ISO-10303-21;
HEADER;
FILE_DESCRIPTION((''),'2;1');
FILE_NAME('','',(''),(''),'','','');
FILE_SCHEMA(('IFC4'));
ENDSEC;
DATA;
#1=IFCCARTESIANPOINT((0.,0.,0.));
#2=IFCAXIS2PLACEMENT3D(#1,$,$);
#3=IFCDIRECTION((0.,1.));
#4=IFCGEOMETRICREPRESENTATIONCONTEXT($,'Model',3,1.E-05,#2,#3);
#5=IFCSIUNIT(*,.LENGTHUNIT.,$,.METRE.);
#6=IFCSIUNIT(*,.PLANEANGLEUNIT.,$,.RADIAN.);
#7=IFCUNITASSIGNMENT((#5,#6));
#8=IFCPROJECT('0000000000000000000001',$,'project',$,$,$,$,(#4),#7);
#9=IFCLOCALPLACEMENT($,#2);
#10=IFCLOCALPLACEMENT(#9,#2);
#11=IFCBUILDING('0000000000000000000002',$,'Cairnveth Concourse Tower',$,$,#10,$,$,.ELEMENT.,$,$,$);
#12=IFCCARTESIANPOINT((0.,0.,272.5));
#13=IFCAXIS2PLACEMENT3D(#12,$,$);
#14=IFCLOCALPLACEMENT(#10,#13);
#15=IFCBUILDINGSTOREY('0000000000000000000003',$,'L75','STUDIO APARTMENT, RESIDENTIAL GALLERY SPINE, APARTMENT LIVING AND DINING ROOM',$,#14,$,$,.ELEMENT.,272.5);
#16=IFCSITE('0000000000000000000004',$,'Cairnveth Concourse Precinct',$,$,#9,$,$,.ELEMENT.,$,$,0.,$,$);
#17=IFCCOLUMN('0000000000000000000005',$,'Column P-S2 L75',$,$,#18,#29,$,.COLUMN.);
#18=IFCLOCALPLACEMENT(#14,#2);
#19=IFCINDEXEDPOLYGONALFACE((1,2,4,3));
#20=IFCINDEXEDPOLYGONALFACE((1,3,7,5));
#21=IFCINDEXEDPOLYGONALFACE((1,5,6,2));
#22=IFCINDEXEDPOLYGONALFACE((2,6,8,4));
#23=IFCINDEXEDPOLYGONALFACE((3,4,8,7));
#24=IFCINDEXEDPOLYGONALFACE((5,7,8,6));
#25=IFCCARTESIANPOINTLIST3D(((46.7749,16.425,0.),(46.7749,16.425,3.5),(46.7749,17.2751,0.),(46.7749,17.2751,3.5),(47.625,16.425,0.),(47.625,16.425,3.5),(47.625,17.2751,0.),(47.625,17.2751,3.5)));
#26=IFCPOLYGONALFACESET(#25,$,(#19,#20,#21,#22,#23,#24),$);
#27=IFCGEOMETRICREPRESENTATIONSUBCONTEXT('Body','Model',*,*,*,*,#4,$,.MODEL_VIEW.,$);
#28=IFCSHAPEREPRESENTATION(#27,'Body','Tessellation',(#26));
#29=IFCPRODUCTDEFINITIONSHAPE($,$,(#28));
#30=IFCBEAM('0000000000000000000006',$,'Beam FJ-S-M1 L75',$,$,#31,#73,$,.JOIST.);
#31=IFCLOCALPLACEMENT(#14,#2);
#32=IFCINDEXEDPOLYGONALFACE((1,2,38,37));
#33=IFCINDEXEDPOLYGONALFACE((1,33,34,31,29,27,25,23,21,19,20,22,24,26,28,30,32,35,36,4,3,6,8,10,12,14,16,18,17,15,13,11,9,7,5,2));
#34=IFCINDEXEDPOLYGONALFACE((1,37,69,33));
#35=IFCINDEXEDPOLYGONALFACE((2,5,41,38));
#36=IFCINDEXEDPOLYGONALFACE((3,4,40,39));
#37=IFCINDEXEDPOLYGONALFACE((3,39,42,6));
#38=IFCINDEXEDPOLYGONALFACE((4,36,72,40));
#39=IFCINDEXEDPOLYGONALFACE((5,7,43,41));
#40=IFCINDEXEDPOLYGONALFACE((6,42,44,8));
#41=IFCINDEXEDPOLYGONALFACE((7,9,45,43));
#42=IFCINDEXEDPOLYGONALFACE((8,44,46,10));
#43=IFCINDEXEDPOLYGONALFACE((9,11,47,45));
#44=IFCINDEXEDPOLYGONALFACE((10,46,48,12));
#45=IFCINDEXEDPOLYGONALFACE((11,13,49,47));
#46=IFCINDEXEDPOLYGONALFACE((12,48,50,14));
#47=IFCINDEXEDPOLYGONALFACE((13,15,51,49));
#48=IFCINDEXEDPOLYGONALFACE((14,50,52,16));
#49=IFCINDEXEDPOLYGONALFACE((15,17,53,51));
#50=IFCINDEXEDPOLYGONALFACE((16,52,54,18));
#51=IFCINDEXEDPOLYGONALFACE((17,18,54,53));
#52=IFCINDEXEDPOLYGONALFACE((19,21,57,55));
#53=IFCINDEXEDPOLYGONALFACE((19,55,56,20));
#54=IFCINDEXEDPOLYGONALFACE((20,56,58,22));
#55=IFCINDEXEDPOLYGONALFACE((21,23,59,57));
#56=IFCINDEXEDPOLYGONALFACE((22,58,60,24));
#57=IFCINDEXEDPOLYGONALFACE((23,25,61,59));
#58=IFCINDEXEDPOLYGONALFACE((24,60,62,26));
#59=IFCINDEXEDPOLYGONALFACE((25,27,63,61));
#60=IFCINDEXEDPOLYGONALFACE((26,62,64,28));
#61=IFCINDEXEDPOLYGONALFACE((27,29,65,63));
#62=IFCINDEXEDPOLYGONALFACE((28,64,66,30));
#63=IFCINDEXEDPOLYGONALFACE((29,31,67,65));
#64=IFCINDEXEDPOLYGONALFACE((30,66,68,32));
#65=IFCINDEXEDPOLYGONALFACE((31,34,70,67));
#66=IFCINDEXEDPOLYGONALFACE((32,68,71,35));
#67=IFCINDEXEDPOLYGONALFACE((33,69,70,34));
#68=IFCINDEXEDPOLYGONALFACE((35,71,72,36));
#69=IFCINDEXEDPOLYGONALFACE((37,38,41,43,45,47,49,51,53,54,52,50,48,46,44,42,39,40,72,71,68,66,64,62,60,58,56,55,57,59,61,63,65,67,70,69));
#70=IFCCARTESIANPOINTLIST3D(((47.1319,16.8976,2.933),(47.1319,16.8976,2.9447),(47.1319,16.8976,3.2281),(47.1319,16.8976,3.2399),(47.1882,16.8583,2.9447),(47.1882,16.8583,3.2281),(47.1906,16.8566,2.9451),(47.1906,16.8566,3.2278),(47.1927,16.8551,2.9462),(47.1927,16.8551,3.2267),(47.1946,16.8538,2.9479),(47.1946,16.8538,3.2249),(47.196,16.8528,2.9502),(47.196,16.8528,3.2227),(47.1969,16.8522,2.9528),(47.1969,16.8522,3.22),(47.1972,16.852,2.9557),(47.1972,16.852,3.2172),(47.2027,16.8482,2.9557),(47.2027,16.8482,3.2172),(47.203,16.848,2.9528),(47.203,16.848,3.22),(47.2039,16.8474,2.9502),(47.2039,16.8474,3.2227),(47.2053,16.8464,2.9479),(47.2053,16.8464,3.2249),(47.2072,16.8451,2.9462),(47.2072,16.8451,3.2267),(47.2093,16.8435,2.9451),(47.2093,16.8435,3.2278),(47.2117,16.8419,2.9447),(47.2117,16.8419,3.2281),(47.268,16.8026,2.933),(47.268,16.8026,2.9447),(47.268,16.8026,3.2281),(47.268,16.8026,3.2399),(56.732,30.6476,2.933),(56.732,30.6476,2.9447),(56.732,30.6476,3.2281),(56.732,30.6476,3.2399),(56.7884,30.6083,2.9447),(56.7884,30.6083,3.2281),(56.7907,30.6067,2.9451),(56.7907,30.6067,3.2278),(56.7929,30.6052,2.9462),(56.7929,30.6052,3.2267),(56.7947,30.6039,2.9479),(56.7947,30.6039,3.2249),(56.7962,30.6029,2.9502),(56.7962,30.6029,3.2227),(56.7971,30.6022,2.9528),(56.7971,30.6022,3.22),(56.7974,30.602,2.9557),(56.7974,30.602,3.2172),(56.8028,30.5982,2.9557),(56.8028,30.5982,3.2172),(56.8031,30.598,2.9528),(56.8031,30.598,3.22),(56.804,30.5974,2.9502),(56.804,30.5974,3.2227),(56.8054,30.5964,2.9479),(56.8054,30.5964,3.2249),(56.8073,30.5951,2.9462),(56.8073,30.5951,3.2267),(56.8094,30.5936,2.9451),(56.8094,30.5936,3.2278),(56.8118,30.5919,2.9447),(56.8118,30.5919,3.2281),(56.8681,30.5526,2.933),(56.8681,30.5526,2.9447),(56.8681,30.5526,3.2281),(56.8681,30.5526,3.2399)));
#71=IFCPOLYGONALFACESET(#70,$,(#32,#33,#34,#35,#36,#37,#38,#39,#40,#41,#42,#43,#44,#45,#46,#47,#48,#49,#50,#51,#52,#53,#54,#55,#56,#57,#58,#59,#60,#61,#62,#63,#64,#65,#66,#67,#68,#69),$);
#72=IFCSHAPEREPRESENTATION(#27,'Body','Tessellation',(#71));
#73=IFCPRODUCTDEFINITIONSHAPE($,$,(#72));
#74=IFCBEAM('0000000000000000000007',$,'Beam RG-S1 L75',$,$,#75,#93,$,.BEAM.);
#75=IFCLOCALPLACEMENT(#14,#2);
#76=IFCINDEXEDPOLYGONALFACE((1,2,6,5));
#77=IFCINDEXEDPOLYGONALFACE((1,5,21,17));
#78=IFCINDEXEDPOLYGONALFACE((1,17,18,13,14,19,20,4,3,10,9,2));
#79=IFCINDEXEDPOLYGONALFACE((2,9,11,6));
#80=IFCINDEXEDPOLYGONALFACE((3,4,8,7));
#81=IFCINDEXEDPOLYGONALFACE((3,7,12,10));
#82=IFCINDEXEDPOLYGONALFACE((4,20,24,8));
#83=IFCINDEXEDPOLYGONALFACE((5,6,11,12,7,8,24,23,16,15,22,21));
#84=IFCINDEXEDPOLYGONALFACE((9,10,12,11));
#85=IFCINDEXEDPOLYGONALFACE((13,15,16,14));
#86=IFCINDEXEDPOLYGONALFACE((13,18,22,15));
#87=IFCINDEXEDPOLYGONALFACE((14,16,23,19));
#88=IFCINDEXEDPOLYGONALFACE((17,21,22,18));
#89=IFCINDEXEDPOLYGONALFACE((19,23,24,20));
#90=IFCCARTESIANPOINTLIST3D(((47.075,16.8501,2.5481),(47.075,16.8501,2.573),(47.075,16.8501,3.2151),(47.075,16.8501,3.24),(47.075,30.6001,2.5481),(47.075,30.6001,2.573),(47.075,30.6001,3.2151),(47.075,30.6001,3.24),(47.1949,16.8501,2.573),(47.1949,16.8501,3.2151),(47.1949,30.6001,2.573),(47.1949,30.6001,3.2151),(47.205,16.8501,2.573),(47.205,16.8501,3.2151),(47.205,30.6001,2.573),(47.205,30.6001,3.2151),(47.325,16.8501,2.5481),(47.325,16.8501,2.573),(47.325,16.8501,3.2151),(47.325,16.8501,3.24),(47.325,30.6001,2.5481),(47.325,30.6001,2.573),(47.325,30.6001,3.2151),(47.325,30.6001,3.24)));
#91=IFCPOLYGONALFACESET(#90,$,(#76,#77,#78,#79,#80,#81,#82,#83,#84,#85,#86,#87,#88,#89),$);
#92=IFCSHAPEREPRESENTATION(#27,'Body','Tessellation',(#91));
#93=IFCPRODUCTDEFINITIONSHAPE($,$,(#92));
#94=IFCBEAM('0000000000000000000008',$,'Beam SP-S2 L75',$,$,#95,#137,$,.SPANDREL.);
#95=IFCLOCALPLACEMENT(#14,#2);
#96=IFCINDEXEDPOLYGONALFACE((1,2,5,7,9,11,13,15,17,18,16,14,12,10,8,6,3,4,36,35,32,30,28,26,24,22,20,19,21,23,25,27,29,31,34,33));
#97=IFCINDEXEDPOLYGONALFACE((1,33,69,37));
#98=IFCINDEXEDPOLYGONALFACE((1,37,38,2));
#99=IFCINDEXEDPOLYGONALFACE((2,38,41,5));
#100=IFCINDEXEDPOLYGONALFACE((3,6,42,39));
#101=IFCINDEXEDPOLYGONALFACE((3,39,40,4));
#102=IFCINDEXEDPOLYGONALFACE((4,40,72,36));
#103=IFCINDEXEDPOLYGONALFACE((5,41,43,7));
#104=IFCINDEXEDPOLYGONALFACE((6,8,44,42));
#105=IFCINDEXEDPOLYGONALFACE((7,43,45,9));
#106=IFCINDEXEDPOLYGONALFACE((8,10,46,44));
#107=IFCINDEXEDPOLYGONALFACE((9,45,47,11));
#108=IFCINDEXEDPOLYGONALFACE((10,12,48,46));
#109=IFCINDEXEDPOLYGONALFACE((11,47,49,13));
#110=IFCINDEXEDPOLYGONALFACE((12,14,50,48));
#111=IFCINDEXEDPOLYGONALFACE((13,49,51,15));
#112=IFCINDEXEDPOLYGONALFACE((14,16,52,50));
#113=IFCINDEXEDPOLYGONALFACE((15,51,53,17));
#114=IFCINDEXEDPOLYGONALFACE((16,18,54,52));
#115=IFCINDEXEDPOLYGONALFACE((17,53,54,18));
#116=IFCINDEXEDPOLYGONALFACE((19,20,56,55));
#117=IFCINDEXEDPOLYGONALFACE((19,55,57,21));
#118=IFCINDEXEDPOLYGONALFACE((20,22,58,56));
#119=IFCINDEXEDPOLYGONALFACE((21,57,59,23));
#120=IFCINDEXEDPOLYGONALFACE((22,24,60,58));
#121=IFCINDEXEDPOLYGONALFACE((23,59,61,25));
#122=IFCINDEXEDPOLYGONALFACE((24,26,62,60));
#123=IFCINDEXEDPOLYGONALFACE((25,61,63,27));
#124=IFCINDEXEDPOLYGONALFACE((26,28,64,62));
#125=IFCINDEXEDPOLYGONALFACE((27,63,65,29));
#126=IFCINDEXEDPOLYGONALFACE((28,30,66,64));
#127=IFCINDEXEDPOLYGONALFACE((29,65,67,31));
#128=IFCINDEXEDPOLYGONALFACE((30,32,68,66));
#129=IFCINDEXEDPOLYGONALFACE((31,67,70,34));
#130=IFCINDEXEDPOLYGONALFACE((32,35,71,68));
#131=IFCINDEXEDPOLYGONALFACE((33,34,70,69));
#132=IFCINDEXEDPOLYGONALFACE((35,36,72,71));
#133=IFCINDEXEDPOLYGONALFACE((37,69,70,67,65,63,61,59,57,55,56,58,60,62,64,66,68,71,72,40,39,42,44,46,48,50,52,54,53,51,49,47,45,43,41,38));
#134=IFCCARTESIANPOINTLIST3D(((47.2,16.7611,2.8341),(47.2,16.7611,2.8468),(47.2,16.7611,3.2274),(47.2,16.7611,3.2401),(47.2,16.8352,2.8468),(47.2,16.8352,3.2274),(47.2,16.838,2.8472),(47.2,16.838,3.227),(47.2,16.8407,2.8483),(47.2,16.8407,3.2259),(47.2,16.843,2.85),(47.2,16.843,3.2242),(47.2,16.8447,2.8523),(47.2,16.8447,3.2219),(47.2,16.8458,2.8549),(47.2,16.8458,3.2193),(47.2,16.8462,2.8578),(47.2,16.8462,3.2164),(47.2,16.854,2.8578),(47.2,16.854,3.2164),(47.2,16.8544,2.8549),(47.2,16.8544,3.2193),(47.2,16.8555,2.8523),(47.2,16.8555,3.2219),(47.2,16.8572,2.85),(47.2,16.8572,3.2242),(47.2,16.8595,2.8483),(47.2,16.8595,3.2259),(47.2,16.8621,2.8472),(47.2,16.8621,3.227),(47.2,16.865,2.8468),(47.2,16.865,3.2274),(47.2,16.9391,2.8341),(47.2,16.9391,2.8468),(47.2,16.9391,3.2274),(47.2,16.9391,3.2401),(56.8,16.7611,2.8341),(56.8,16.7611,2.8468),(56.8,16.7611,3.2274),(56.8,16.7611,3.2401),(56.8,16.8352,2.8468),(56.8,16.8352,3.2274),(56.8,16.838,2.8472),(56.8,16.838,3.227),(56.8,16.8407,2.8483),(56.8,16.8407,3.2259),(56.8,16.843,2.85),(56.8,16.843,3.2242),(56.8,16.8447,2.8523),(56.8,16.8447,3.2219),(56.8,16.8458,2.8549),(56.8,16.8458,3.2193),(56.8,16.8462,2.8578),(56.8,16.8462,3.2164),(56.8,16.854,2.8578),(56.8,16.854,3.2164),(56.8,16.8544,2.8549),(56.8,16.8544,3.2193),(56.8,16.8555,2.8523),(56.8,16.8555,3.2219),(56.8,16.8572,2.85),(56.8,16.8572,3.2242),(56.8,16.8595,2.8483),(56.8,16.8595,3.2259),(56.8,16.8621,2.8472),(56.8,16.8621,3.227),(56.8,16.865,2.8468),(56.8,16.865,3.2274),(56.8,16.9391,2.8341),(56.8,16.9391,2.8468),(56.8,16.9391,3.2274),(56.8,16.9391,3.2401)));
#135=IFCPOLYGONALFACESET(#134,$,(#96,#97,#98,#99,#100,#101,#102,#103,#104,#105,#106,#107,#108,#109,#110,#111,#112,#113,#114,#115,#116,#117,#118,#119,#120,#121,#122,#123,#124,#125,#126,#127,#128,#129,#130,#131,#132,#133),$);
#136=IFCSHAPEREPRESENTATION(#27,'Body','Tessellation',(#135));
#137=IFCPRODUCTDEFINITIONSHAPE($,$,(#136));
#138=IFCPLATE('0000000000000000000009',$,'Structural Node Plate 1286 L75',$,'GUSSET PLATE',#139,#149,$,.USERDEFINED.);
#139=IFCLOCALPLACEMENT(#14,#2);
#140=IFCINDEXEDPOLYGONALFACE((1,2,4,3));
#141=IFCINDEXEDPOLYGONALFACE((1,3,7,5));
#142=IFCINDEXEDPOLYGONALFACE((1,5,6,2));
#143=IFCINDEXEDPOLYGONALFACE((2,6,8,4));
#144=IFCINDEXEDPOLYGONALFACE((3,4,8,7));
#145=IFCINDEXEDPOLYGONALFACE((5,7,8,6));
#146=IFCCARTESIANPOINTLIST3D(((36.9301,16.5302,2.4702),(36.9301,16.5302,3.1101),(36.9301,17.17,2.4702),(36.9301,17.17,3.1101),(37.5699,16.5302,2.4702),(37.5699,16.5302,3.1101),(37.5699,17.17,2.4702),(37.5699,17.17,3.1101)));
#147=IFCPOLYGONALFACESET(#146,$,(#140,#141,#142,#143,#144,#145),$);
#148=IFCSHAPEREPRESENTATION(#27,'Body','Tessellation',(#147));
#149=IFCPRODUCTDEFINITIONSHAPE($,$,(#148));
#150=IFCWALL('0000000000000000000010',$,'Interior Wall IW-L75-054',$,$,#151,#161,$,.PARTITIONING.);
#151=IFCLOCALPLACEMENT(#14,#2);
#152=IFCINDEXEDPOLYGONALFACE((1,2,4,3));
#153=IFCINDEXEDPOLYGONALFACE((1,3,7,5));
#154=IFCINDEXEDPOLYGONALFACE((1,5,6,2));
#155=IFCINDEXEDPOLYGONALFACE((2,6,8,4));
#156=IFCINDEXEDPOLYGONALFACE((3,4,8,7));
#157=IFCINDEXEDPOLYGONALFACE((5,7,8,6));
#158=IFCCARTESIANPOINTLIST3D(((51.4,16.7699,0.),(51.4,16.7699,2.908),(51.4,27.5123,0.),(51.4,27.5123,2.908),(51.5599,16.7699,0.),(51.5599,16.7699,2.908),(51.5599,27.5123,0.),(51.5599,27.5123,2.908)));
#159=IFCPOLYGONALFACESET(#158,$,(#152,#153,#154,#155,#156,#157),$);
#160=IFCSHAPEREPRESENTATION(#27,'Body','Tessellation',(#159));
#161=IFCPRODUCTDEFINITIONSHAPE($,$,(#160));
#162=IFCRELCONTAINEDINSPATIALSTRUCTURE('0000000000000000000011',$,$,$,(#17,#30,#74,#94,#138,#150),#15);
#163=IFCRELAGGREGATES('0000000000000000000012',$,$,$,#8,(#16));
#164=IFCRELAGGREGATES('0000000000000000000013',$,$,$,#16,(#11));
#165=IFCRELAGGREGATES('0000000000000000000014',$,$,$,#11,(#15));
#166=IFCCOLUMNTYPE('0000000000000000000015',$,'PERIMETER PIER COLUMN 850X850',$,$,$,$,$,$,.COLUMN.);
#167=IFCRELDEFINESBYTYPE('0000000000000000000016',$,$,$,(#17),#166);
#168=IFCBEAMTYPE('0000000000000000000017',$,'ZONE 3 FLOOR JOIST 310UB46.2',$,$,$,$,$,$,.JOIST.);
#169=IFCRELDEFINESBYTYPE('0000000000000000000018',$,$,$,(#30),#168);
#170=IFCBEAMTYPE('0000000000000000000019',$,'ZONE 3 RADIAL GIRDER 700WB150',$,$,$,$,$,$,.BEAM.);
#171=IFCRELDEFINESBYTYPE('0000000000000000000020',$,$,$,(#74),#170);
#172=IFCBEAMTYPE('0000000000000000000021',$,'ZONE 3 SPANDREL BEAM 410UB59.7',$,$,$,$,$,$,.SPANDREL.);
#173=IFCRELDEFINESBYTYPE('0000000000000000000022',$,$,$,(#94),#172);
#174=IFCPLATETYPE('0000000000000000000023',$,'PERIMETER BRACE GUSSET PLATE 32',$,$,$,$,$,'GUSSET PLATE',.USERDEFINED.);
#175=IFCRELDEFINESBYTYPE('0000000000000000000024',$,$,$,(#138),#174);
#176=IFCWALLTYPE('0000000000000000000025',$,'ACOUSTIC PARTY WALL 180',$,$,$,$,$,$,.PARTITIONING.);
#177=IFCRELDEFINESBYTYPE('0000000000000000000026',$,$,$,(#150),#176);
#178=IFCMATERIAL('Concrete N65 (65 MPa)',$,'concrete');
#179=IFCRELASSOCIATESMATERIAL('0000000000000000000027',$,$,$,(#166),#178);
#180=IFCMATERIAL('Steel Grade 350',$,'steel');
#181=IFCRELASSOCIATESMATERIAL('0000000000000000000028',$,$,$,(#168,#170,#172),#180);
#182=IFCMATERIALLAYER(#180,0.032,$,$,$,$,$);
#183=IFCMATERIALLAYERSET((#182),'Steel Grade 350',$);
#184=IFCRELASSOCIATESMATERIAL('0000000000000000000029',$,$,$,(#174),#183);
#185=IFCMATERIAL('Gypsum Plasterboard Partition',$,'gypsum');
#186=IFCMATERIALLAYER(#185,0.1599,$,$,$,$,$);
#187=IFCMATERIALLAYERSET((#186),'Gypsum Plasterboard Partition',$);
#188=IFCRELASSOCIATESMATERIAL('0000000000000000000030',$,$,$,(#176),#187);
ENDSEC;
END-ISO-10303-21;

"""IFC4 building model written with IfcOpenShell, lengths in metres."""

from ifc_helpers import new_model, si_unit, direction, frame, frame_2d, origin, origin_2d, place, context, subcontext, project, spatial, rectangle, i_section, extrude, material, layer, layer_set, material_profile, profile_set, type_object, element, save


model = new_model("IFC4")

# Units and contexts
model_context = context("Model", 3, precision=1e-05, world=origin(), true_north=direction((0.0, 1.0)))
body_context = subcontext(model_context, "Body", "Model", "MODEL_VIEW")
ifc_project = project(units=[si_unit("LENGTHUNIT", "METRE"), si_unit("PLANEANGLEUNIT", "RADIAN")], contexts=[model_context])

# Site, building, storey
site_placement = place(None, origin())
site = spatial("IfcSite", under=ifc_project, at=site_placement, Name="Cairnveth Concourse Precinct", CompositionType="ELEMENT", RefElevation=0.0)
building_placement = place(site_placement, origin())
building = spatial("IfcBuilding", under=site, at=building_placement, Name="Cairnveth Concourse Tower", CompositionType="ELEMENT")
storey_placement = place(building_placement, frame((0.0, 0.0, 272.5)))
storey = spatial("IfcBuildingStorey", under=building, at=storey_placement, Name="L75", Description="STUDIO APARTMENT, RESIDENTIAL GALLERY SPINE, APARTMENT LIVING AND DINING ROOM", CompositionType="ELEMENT", Elevation=272.5)

# Column
ifc_material_1 = material(Name="Concrete N65 (65 MPa)", Category="concrete")
ifc_material_profile_1 = material_profile(ifc_material_1, rectangle(XDim=0.8501, YDim=0.8501, at=origin_2d()), Name="RC-COL-850x850")
ifc_profile_set_1 = profile_set([ifc_material_profile_1], Name="Concrete N65 (65 MPa)")
column_type = type_object("IfcColumnType", Name="PERIMETER PIER COLUMN 850X850", PredefinedType="COLUMN", material=ifc_profile_set_1)
column_placement = place(storey_placement, frame((47.2, 16.8501, 0.0), z_axis=(0.0, 0.0, 1.0), x_axis=(1.0, 0.0, 0.0)))
element("IfcColumn", 1, at=column_placement, inside=storey, type_object=column_type, Name="Column P-S2 L75", PredefinedType="COLUMN", context=body_context, shape_type="SweptSolid", body=[
    extrude(rectangle(XDim=0.8501, YDim=0.8501, at=origin_2d()), origin(), (0.0, 0.0, 1.0), 3.5),
])

# Beams
ifc_material_2 = material(Name="Steel Grade 350", Category="steel")
ifc_material_profile_2 = material_profile(ifc_material_2, i_section(OverallWidth=0.166, OverallDepth=0.3069, WebThickness=0.0066, FlangeThickness=0.0117, FilletRadius=0.011, at=origin_2d()), Name="310UB46.2")
ifc_profile_set_2 = profile_set([ifc_material_profile_2], Name="Steel Grade 350")
beam_type_1 = type_object("IfcBeamType", Name="ZONE 3 FLOOR JOIST 310UB46.2", PredefinedType="JOIST", material=ifc_profile_set_2)
beam_1_placement = place(storey_placement, frame((47.2, 16.8501, 3.0864), z_axis=(0.572465, 0.819929, 0.0), x_axis=(-0.819929, 0.572465, 0.0)))
element("IfcBeam", 2, at=beam_1_placement, inside=storey, type_object=beam_type_1, Name="Beam FJ-S-M1 L75", PredefinedType="JOIST", context=body_context, shape_type="SweptSolid", body=[
    extrude(i_section(OverallWidth=0.166, OverallDepth=0.3069, WebThickness=0.0066, FlangeThickness=0.0117, FilletRadius=0.011, at=origin_2d()), origin(), (0.0, 0.0, 1.0), 16.7698),
])
ifc_material_profile_3 = material_profile(ifc_material_2, i_section(OverallWidth=0.25, OverallDepth=0.6919, WebThickness=0.01, FlangeThickness=0.0249, at=origin_2d()), Name="700WB150")
ifc_profile_set_3 = profile_set([ifc_material_profile_3], Name="Steel Grade 350")
beam_type_2 = type_object("IfcBeamType", Name="ZONE 3 RADIAL GIRDER 700WB150", PredefinedType="BEAM", material=ifc_profile_set_3)
beam_2_placement = place(storey_placement, frame((47.2, 16.8501, 2.894), z_axis=(0.0, 1.0, 0.0), x_axis=(-1.0, 0.0, 0.0)))
element("IfcBeam", 3, at=beam_2_placement, inside=storey, type_object=beam_type_2, Name="Beam RG-S1 L75", PredefinedType="BEAM", context=body_context, shape_type="SweptSolid", body=[
    extrude(i_section(OverallWidth=0.25, OverallDepth=0.6919, WebThickness=0.01, FlangeThickness=0.0249, at=origin_2d()), origin(), (0.0, 0.0, 1.0), 13.75),
])
ifc_material_profile_4 = material_profile(ifc_material_2, i_section(OverallWidth=0.178, OverallDepth=0.406, WebThickness=0.0078, FlangeThickness=0.0127, FilletRadius=0.011, at=origin_2d()), Name="410UB59.7")
ifc_profile_set_4 = profile_set([ifc_material_profile_4], Name="Steel Grade 350")
beam_type_3 = type_object("IfcBeamType", Name="ZONE 3 SPANDREL BEAM 410UB59.7", PredefinedType="SPANDREL", material=ifc_profile_set_4)
beam_3_placement = place(storey_placement, frame((47.2, 16.8501, 3.0371), z_axis=(1.0, 0.0, 0.0), x_axis=(0.0, 1.0, 0.0)))
element("IfcBeam", 4, at=beam_3_placement, inside=storey, type_object=beam_type_3, Name="Beam SP-S2 L75", PredefinedType="SPANDREL", context=body_context, shape_type="SweptSolid", body=[
    extrude(i_section(OverallWidth=0.178, OverallDepth=0.406, WebThickness=0.0078, FlangeThickness=0.0127, FilletRadius=0.011, at=origin_2d()), origin(), (0.0, 0.0, 1.0), 9.6001),
])

# Plate
ifc_layer_1 = layer(ifc_material_2, 0.032)
ifc_layer_set_1 = layer_set([ifc_layer_1], Name="Steel Grade 350")
plate_type = type_object("IfcPlateType", Name="PERIMETER BRACE GUSSET PLATE 32", ElementType="GUSSET PLATE", PredefinedType="USERDEFINED", material=ifc_layer_set_1)
plate_placement = place(storey_placement, frame((37.25, 16.8501, 2.4702), z_axis=(0.0, 0.0, 1.0), x_axis=(1.0, 0.0, 0.0)))
element("IfcPlate", 5, at=plate_placement, inside=storey, type_object=plate_type, Name="Structural Node Plate 1286 L75", ObjectType="GUSSET PLATE", PredefinedType="USERDEFINED", context=body_context, shape_type="SweptSolid", body=[
    extrude(rectangle(XDim=0.6399, YDim=0.6399, at=origin_2d()), origin(), (0.0, 0.0, 1.0), 0.6399),
])

# Wall
ifc_material_3 = material(Name="Gypsum Plasterboard Partition", Category="gypsum")
ifc_layer_2 = layer(ifc_material_3, 0.1599)
ifc_layer_set_2 = layer_set([ifc_layer_2], Name="Gypsum Plasterboard Partition")
wall_type_1 = type_object("IfcWallType", Name="ACOUSTIC PARTY WALL 180", PredefinedType="PARTITIONING", material=ifc_layer_set_2)
wall_1_placement = place(storey_placement, frame((51.48, 16.77, 0.0), z_axis=(0.0, 0.0, 1.0), x_axis=(0.0, 1.0, 0.0)))
element("IfcWall", 6, at=wall_1_placement, inside=storey, type_object=wall_type_1, Name="Interior Wall IW-L75-054", PredefinedType="PARTITIONING", context=body_context, shape_type="SweptSolid", body=[
    extrude(rectangle(XDim=10.7424, YDim=0.1599, at=frame_2d((5.3711, 0.0))), origin(), (0.0, 0.0, 1.0), 2.908),
])

save(model, "model.ifc")
